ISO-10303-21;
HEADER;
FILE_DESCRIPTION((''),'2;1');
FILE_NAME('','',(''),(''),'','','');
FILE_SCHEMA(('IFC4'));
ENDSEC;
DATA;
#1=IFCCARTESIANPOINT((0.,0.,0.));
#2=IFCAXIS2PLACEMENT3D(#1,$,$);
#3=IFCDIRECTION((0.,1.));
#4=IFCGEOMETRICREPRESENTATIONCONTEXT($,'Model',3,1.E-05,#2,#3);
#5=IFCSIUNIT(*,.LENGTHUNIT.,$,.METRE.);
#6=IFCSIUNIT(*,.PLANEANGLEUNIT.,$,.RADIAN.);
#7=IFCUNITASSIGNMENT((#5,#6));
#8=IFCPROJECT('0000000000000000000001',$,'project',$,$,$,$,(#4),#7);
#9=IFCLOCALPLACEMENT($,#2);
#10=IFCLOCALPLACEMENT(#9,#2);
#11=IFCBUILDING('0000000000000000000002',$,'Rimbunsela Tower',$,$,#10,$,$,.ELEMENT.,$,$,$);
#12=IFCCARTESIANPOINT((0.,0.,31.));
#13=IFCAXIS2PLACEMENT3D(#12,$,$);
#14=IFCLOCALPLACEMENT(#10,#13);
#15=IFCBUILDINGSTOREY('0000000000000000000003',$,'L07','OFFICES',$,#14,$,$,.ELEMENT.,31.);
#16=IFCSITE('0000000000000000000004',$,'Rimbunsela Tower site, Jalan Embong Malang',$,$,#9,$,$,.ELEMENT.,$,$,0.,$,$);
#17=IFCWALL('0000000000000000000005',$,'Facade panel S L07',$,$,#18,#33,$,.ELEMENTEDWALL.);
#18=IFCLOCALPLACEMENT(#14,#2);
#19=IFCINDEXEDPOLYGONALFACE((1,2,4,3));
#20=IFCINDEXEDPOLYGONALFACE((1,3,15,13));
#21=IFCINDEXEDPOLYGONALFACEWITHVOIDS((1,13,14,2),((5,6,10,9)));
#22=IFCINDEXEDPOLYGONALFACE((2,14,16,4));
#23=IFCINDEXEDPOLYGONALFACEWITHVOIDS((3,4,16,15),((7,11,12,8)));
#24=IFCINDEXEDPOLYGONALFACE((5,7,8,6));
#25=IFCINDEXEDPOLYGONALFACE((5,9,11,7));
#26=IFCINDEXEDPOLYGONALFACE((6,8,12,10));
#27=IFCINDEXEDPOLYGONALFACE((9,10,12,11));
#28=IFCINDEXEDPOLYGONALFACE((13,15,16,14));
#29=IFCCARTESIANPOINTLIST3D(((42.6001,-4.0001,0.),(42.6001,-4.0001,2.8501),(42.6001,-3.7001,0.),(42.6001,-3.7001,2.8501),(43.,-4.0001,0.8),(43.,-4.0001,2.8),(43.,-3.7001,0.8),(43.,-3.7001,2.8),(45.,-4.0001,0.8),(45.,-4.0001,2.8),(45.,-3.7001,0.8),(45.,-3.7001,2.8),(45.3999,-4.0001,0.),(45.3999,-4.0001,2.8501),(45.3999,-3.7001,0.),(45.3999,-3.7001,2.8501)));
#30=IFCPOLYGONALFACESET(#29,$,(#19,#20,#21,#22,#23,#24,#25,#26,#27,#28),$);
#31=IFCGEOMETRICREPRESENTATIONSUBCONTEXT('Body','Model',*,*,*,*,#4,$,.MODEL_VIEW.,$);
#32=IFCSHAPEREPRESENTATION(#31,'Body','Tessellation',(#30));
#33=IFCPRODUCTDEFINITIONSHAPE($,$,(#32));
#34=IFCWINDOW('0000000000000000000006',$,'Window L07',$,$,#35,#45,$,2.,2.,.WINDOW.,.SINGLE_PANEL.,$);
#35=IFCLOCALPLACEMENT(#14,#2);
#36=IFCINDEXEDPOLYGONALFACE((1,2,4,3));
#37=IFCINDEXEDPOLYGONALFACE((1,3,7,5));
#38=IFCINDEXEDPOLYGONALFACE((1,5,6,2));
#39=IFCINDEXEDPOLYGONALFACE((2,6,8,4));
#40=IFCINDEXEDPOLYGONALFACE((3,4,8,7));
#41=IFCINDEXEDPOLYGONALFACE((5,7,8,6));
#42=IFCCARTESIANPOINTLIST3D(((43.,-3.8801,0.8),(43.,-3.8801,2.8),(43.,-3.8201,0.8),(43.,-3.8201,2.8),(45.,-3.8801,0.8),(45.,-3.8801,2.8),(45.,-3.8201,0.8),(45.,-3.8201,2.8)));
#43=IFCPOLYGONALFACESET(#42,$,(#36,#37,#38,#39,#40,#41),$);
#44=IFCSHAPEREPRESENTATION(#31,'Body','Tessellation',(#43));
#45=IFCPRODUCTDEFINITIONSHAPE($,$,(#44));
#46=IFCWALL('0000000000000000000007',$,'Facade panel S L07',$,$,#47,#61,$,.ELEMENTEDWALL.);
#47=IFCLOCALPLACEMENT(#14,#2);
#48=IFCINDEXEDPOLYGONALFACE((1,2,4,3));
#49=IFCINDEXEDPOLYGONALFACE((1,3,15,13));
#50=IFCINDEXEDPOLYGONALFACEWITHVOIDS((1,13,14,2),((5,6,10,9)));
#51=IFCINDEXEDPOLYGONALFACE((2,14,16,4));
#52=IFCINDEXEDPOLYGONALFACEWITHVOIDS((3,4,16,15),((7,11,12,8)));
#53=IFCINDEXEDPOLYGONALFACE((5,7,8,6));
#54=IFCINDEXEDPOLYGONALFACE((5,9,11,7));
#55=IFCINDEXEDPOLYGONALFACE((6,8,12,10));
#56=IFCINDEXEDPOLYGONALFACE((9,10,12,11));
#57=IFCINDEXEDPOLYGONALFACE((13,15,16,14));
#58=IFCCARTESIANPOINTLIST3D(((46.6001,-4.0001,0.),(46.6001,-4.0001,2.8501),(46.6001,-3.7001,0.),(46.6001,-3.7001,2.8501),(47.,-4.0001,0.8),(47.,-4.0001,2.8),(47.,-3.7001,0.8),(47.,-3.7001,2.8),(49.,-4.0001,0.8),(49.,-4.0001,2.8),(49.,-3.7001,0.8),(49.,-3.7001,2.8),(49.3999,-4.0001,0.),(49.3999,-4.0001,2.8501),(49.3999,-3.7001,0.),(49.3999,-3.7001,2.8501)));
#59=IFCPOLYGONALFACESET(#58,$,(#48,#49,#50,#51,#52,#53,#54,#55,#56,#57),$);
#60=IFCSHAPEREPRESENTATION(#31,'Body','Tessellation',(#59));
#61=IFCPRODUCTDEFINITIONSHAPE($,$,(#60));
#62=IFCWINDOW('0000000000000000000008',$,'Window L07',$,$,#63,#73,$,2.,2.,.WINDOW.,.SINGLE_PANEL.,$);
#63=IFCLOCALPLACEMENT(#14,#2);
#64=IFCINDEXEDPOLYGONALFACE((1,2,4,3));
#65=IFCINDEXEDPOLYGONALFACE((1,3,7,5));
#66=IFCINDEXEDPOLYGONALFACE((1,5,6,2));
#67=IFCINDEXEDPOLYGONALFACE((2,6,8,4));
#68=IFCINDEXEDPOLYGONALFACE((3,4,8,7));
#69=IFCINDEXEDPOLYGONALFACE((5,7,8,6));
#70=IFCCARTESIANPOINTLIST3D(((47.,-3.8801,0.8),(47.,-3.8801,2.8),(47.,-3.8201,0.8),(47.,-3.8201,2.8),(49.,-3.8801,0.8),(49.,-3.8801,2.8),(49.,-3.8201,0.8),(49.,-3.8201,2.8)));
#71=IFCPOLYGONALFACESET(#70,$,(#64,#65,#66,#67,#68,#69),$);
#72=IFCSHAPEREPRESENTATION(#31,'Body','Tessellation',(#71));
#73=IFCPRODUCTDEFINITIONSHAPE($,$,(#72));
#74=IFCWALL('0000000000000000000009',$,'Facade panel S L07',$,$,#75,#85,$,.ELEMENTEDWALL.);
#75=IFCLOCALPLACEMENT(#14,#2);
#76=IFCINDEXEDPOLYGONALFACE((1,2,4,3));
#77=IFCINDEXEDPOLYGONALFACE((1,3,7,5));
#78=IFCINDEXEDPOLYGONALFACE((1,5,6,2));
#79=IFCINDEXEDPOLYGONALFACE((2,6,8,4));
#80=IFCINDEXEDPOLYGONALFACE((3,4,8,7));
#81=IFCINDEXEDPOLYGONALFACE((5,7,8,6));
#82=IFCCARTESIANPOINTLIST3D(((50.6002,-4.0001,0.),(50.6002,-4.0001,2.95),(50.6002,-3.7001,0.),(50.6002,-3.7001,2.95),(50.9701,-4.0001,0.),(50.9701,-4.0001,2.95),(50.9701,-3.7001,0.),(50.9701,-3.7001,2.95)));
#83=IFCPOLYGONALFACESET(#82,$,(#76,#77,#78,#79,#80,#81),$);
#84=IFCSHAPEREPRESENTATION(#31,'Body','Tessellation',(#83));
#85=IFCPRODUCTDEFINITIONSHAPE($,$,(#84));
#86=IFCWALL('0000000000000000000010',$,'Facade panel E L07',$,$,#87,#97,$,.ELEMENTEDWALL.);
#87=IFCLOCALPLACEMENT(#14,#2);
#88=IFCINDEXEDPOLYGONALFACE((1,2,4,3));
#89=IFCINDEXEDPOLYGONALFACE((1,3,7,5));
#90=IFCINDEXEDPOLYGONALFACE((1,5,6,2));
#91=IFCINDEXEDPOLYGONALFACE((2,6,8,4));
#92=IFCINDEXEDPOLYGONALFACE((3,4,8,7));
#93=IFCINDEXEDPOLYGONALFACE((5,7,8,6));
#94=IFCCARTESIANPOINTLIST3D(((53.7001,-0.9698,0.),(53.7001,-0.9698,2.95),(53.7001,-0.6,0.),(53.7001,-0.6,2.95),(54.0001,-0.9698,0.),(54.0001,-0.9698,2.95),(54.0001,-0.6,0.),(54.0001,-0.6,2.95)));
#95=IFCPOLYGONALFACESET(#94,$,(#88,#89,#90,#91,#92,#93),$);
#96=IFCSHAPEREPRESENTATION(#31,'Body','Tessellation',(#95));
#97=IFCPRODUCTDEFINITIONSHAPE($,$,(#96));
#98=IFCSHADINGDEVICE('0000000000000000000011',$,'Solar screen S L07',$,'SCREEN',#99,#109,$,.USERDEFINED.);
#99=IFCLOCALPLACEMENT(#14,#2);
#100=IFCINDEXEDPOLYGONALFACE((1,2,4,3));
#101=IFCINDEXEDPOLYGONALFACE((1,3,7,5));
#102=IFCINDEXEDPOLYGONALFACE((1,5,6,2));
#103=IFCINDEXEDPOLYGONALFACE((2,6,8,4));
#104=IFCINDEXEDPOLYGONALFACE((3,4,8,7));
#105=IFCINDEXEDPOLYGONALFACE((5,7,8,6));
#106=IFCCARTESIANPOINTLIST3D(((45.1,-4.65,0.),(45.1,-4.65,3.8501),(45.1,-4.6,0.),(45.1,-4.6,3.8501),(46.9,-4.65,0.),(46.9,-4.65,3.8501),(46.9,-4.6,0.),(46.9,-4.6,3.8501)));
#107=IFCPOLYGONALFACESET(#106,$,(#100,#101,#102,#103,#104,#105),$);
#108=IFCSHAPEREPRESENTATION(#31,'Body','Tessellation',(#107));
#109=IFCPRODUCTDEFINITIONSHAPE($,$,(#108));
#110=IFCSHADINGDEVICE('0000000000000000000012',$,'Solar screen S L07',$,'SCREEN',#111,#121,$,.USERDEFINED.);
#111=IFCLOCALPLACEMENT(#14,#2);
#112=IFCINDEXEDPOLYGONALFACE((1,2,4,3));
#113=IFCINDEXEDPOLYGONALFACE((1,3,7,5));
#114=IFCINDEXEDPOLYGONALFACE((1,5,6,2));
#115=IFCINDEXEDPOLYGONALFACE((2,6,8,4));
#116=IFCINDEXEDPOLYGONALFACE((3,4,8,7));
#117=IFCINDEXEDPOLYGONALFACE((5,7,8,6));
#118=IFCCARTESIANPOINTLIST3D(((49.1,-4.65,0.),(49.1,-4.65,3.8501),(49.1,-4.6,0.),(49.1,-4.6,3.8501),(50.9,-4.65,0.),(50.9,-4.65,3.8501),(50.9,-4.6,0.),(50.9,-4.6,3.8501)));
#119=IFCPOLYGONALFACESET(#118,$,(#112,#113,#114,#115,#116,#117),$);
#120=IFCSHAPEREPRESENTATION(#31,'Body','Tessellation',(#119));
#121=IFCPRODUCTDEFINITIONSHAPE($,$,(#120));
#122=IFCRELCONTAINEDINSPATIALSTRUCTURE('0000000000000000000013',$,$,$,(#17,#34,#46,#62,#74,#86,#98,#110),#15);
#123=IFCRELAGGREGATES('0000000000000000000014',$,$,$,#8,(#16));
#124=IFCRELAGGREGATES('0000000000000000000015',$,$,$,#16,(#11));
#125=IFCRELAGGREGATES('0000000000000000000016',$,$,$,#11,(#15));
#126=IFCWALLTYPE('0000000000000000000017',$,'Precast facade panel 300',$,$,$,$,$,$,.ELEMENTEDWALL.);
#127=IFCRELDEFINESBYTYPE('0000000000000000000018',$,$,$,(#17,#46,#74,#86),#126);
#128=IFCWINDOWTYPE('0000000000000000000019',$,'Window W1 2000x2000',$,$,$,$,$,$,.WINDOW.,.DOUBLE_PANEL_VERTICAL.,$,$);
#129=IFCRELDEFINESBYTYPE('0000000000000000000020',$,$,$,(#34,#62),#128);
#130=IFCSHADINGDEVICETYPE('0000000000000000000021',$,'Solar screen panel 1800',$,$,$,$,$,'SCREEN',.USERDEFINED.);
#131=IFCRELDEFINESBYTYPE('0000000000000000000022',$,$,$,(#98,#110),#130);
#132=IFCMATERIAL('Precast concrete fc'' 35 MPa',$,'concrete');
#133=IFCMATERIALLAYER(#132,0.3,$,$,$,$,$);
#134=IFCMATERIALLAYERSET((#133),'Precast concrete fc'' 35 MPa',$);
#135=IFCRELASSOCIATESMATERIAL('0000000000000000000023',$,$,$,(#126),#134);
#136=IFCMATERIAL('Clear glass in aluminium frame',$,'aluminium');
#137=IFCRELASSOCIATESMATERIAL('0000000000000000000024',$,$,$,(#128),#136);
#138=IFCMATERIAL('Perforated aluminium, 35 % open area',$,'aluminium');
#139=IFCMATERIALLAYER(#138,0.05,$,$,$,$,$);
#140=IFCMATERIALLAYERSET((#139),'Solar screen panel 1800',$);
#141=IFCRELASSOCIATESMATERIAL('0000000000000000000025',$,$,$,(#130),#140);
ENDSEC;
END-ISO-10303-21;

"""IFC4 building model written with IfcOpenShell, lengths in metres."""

from ifc_helpers import new_model, si_unit, direction, frame, frame_2d, origin, origin_2d, place, context, subcontext, project, spatial, rectangle, extrude, material, layer, layer_set, type_object, element, fill, save


model = new_model("IFC4")

# Units and contexts
model_context = context("Model", 3, precision=1e-05, world=origin(), true_north=direction((0.0, 1.0)))
body_context = subcontext(model_context, "Body", "Model", "MODEL_VIEW")
ifc_project = project(units=[si_unit("LENGTHUNIT", "METRE"), si_unit("PLANEANGLEUNIT", "RADIAN")], contexts=[model_context])

# Site, building, storey
site_placement = place(None, origin())
site = spatial("IfcSite", under=ifc_project, at=site_placement, Name="Rimbunsela Tower site, Jalan Embong Malang", CompositionType="ELEMENT", RefElevation=0.0)
building_placement = place(site_placement, origin())
building = spatial("IfcBuilding", under=site, at=building_placement, Name="Rimbunsela Tower", CompositionType="ELEMENT")
storey_placement = place(building_placement, frame((0.0, 0.0, 31.0)))
storey = spatial("IfcBuildingStorey", under=building, at=storey_placement, Name="L07", Description="OFFICES", CompositionType="ELEMENT", Elevation=31.0)

# Walls, openings, windows
ifc_material_1 = material(Name="Precast concrete fc' 35 MPa", Category="concrete")
ifc_layer_1 = layer(ifc_material_1, 0.3)
ifc_layer_set_1 = layer_set([ifc_layer_1], Name="Precast concrete fc' 35 MPa")
wall_type_1 = type_object("IfcWallType", Name="Precast facade panel 300", PredefinedType="ELEMENTEDWALL", material=ifc_layer_set_1)
wall_1_placement = place(storey_placement, frame((42.6001, -3.8501, 0.0), z_axis=(0.0, 0.0, 1.0), x_axis=(1.0, 0.0, 0.0)))
wall_1 = element("IfcWall", 1, at=wall_1_placement, inside=storey, type_object=wall_type_1, Name="Facade panel S L07", PredefinedType="ELEMENTEDWALL", context=body_context, shape_type="SweptSolid", body=[
    extrude(rectangle(XDim=2.7998, YDim=0.3, at=frame_2d((1.3999, 0.0))), origin(), (0.0, 0.0, 1.0), 2.8501),
])
opening_1_placement = place(wall_1_placement, frame((0.3999, 0.0, 0.8)))
opening_1 = element("IfcOpeningElement", 2, at=opening_1_placement, cuts=wall_1, PredefinedType="OPENING", context=body_context, shape_type="SweptSolid", body=[
    extrude(rectangle(XDim=2.0, YDim=2.0, at=frame_2d((1.0, 1.0))), frame((0.0, 0.1599, 0.0), z_axis=(0.0, -1.0, 0.0), x_axis=(1.0, 0.0, 0.0)), (0.0, 0.0, 1.0), 0.3201),
])
ifc_material_2 = material(Name="Clear glass in aluminium frame", Category="aluminium")
window_type = type_object("IfcWindowType", Name="Window W1 2000x2000", PartitioningType="DOUBLE_PANEL_VERTICAL", PredefinedType="WINDOW", material=ifc_material_2)
window_1_placement = place(opening_1_placement, origin())
window_1 = element("IfcWindow", 3, at=window_1_placement, inside=storey, type_object=window_type, Name="Window L07", OverallHeight=2.0, OverallWidth=2.0, PartitioningType="SINGLE_PANEL", PredefinedType="WINDOW", context=body_context, shape_type="SweptSolid", body=[
    extrude(rectangle(XDim=2.0, YDim=2.0, at=frame_2d((1.0, 1.0))), frame((0.0, 0.03, 0.0), z_axis=(0.0, -1.0, 0.0), x_axis=(1.0, 0.0, 0.0)), (0.0, 0.0, 1.0), 0.0601),
])
fill(opening_1, window_1)
wall_2_placement = place(storey_placement, frame((46.6001, -3.8501, 0.0), z_axis=(0.0, 0.0, 1.0), x_axis=(1.0, 0.0, 0.0)))
wall_2 = element("IfcWall", 4, at=wall_2_placement, inside=storey, type_object=wall_type_1, Name="Facade panel S L07", PredefinedType="ELEMENTEDWALL", context=body_context, shape_type="SweptSolid", body=[
    extrude(rectangle(XDim=2.7998, YDim=0.3, at=frame_2d((1.3999, 0.0))), origin(), (0.0, 0.0, 1.0), 2.8501),
])
opening_2_placement = place(wall_2_placement, frame((0.3999, 0.0, 0.8)))
opening_2 = element("IfcOpeningElement", 5, at=opening_2_placement, cuts=wall_2, PredefinedType="OPENING", context=body_context, shape_type="SweptSolid", body=[
    extrude(rectangle(XDim=2.0, YDim=2.0, at=frame_2d((1.0, 1.0))), frame((0.0, 0.1599, 0.0), z_axis=(0.0, -1.0, 0.0), x_axis=(1.0, 0.0, 0.0)), (0.0, 0.0, 1.0), 0.3201),
])
window_2_placement = place(opening_2_placement, origin())
window_2 = element("IfcWindow", 6, at=window_2_placement, inside=storey, type_object=window_type, Name="Window L07", OverallHeight=2.0, OverallWidth=2.0, PartitioningType="SINGLE_PANEL", PredefinedType="WINDOW", context=body_context, shape_type="SweptSolid", body=[
    extrude(rectangle(XDim=2.0, YDim=2.0, at=frame_2d((1.0, 1.0))), frame((0.0, 0.03, 0.0), z_axis=(0.0, -1.0, 0.0), x_axis=(1.0, 0.0, 0.0)), (0.0, 0.0, 1.0), 0.0601),
])
fill(opening_2, window_2)

# Walls
for number, where, z_axis, x_axis, name in (
    (7, (50.6001, -3.8501, 0.0), (0.0, 0.0, 1.0), (1.0, 0.0, 0.0), "Facade panel S L07"),
    (8, (53.8501, -0.97, 0.0), (0.0, 0.0, 1.0), (0.0, 1.0, 0.0), "Facade panel E L07"),
):
    element("IfcWall", number, at=place(storey_placement, frame(where, z_axis=z_axis, x_axis=x_axis)), inside=storey, type_object=wall_type_1, Name=name, PredefinedType="ELEMENTEDWALL", context=body_context, shape_type="SweptSolid", body=[
        extrude(rectangle(XDim=0.3699, YDim=0.3, at=frame_2d((0.1851, 0.0))), origin(), (0.0, 0.0, 1.0), 2.95),
    ])

# Shading devices
ifc_material_3 = material(Name="Perforated aluminium, 35 % open area", Category="aluminium")
ifc_layer_2 = layer(ifc_material_3, 0.05)
ifc_layer_set_2 = layer_set([ifc_layer_2], Name="Solar screen panel 1800")
shading_device_type = type_object("IfcShadingDeviceType", Name="Solar screen panel 1800", ElementType="SCREEN", PredefinedType="USERDEFINED", material=ifc_layer_set_2)
for number, where, z_axis, x_axis, name in (
    (9, (46.0, -4.625, 0.0), (0.0, 0.0, 1.0), (1.0, 0.0, 0.0), "Solar screen S L07"),
    (10, (50.0, -4.625, 0.0), (0.0, 0.0, 1.0), (1.0, 0.0, 0.0), "Solar screen S L07"),
):
    element("IfcShadingDevice", number, at=place(storey_placement, frame(where, z_axis=z_axis, x_axis=x_axis)), inside=storey, type_object=shading_device_type, Name=name, ObjectType="SCREEN", PredefinedType="USERDEFINED", context=body_context, shape_type="SweptSolid", body=[
        extrude(rectangle(XDim=1.8, YDim=0.05, at=origin_2d()), origin(), (0.0, 0.0, 1.0), 3.8501),
    ])

save(model, "model.ifc")
